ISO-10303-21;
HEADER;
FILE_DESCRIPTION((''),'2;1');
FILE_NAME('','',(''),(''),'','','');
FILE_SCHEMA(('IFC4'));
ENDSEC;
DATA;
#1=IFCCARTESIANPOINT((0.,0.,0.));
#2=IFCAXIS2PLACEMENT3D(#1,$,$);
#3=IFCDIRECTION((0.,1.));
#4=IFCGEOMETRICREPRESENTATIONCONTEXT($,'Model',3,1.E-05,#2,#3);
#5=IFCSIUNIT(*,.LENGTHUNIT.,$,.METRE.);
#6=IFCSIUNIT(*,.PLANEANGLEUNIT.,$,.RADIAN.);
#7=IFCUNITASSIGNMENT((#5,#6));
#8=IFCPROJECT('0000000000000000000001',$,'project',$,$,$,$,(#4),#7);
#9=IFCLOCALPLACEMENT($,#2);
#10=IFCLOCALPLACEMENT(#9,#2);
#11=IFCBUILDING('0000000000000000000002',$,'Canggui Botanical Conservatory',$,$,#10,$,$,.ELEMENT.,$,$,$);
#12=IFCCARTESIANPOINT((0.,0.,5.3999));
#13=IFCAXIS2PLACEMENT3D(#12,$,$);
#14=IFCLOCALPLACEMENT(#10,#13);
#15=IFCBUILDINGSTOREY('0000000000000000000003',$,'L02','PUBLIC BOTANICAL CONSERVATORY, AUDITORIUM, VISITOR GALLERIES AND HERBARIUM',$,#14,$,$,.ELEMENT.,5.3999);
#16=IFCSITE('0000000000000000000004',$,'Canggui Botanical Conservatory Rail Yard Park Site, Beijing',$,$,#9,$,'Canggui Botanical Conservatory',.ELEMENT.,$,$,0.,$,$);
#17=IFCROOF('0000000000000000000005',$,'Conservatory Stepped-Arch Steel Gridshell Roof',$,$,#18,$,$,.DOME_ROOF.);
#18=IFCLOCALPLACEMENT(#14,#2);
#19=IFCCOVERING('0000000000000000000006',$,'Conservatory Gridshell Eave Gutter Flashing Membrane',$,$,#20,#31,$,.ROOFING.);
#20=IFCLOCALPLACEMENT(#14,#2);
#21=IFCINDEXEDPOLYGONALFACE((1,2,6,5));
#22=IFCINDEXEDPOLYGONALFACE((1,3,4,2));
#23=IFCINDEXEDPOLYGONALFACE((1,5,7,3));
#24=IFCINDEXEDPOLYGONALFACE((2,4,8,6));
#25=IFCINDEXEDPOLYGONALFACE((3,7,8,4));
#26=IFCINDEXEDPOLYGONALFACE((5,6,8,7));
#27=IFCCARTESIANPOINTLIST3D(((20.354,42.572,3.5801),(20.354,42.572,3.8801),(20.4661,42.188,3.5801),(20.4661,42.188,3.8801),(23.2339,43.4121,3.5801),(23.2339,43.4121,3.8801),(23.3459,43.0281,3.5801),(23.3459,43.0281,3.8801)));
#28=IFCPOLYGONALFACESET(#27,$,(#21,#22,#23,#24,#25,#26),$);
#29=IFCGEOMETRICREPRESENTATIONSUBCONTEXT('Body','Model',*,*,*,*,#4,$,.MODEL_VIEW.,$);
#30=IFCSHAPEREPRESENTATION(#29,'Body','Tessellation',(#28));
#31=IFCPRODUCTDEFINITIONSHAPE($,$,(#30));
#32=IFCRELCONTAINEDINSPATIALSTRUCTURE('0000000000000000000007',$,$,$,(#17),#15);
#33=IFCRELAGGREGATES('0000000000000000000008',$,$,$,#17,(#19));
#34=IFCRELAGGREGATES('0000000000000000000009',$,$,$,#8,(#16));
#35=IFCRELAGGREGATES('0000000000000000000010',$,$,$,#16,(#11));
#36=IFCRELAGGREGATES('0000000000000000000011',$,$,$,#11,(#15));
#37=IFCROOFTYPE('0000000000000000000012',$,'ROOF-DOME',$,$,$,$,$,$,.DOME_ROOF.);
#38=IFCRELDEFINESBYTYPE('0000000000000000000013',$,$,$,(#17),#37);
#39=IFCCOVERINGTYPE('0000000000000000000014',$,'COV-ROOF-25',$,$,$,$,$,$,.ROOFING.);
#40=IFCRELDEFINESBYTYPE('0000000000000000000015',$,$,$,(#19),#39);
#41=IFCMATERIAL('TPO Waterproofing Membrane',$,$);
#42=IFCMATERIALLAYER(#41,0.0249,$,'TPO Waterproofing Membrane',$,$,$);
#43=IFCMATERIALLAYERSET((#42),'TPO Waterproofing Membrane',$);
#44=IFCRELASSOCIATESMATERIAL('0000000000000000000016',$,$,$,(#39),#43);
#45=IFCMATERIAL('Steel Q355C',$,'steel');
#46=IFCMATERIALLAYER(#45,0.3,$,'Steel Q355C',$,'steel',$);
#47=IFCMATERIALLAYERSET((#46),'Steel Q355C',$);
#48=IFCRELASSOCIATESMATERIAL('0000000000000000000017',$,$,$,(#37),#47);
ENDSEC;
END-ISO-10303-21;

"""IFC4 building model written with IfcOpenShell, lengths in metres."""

from ifc_helpers import new_model, si_unit, direction, frame, origin, place, context, subcontext, project, spatial, polyline, outline, extrude, material, layer, layer_set, type_object, element, aggregate, save


model = new_model("IFC4")

# Units and contexts
model_context = context("Model", 3, precision=1e-05, world=origin(), true_north=direction((0.0, 1.0)))
body_context = subcontext(model_context, "Body", "Model", "MODEL_VIEW")
ifc_project = project(units=[si_unit("LENGTHUNIT", "METRE"), si_unit("PLANEANGLEUNIT", "RADIAN")], contexts=[model_context])

# Site, building, storey
site_placement = place(None, origin())
site = spatial("IfcSite", under=ifc_project, at=site_placement, Name="Canggui Botanical Conservatory Rail Yard Park Site, Beijing", LongName="Canggui Botanical Conservatory", CompositionType="ELEMENT", RefElevation=0.0)
building_placement = place(site_placement, origin())
building = spatial("IfcBuilding", under=site, at=building_placement, Name="Canggui Botanical Conservatory", CompositionType="ELEMENT")
storey_placement = place(building_placement, frame((0.0, 0.0, 5.3999)))
storey = spatial("IfcBuildingStorey", under=building, at=storey_placement, Name="L02", Description="PUBLIC BOTANICAL CONSERVATORY, AUDITORIUM, VISITOR GALLERIES AND HERBARIUM", CompositionType="ELEMENT", Elevation=5.3999)

# Roof, covering
ifc_material_1 = material(Name="TPO Waterproofing Membrane")
ifc_layer_1 = layer(ifc_material_1, 0.0249, Name="TPO Waterproofing Membrane")
ifc_layer_set_1 = layer_set([ifc_layer_1], Name="TPO Waterproofing Membrane")
covering_type_1 = type_object("IfcCoveringType", Name="COV-ROOF-25", PredefinedType="ROOFING", material=ifc_layer_set_1)
ifc_material_2 = material(Name="Steel Q355C", Category="steel")
ifc_layer_2 = layer(ifc_material_2, 0.3, Name="Steel Q355C", Category="steel")
ifc_layer_set_2 = layer_set([ifc_layer_2], Name="Steel Q355C")
roof_type_1 = type_object("IfcRoofType", Name="ROOF-DOME", PredefinedType="DOME_ROOF", material=ifc_layer_set_2)
roof_1_placement = place(storey_placement, origin())
roof_1 = element("IfcRoof", 1, at=roof_1_placement, inside=storey, type_object=roof_type_1, Name="Conservatory Stepped-Arch Steel Gridshell Roof", PredefinedType="DOME_ROOF")
covering_1_placement = place(storey_placement, frame((0.0, 0.0, 3.5801)))
covering_1 = element("IfcCovering", 2, at=covering_1_placement, type_object=covering_type_1, Name="Conservatory Gridshell Eave Gutter Flashing Membrane", PredefinedType="ROOFING", context=body_context, shape_type="SweptSolid", body=[
    extrude(outline(polyline([(20.4661, 42.188), (23.3459, 43.0281), (23.2339, 43.4121), (20.354, 42.572), (20.4661, 42.188)])), origin(), (0.0, 0.0, 1.0), 0.3),
])
aggregate(roof_1, [covering_1])

save(model, "model.ifc")
